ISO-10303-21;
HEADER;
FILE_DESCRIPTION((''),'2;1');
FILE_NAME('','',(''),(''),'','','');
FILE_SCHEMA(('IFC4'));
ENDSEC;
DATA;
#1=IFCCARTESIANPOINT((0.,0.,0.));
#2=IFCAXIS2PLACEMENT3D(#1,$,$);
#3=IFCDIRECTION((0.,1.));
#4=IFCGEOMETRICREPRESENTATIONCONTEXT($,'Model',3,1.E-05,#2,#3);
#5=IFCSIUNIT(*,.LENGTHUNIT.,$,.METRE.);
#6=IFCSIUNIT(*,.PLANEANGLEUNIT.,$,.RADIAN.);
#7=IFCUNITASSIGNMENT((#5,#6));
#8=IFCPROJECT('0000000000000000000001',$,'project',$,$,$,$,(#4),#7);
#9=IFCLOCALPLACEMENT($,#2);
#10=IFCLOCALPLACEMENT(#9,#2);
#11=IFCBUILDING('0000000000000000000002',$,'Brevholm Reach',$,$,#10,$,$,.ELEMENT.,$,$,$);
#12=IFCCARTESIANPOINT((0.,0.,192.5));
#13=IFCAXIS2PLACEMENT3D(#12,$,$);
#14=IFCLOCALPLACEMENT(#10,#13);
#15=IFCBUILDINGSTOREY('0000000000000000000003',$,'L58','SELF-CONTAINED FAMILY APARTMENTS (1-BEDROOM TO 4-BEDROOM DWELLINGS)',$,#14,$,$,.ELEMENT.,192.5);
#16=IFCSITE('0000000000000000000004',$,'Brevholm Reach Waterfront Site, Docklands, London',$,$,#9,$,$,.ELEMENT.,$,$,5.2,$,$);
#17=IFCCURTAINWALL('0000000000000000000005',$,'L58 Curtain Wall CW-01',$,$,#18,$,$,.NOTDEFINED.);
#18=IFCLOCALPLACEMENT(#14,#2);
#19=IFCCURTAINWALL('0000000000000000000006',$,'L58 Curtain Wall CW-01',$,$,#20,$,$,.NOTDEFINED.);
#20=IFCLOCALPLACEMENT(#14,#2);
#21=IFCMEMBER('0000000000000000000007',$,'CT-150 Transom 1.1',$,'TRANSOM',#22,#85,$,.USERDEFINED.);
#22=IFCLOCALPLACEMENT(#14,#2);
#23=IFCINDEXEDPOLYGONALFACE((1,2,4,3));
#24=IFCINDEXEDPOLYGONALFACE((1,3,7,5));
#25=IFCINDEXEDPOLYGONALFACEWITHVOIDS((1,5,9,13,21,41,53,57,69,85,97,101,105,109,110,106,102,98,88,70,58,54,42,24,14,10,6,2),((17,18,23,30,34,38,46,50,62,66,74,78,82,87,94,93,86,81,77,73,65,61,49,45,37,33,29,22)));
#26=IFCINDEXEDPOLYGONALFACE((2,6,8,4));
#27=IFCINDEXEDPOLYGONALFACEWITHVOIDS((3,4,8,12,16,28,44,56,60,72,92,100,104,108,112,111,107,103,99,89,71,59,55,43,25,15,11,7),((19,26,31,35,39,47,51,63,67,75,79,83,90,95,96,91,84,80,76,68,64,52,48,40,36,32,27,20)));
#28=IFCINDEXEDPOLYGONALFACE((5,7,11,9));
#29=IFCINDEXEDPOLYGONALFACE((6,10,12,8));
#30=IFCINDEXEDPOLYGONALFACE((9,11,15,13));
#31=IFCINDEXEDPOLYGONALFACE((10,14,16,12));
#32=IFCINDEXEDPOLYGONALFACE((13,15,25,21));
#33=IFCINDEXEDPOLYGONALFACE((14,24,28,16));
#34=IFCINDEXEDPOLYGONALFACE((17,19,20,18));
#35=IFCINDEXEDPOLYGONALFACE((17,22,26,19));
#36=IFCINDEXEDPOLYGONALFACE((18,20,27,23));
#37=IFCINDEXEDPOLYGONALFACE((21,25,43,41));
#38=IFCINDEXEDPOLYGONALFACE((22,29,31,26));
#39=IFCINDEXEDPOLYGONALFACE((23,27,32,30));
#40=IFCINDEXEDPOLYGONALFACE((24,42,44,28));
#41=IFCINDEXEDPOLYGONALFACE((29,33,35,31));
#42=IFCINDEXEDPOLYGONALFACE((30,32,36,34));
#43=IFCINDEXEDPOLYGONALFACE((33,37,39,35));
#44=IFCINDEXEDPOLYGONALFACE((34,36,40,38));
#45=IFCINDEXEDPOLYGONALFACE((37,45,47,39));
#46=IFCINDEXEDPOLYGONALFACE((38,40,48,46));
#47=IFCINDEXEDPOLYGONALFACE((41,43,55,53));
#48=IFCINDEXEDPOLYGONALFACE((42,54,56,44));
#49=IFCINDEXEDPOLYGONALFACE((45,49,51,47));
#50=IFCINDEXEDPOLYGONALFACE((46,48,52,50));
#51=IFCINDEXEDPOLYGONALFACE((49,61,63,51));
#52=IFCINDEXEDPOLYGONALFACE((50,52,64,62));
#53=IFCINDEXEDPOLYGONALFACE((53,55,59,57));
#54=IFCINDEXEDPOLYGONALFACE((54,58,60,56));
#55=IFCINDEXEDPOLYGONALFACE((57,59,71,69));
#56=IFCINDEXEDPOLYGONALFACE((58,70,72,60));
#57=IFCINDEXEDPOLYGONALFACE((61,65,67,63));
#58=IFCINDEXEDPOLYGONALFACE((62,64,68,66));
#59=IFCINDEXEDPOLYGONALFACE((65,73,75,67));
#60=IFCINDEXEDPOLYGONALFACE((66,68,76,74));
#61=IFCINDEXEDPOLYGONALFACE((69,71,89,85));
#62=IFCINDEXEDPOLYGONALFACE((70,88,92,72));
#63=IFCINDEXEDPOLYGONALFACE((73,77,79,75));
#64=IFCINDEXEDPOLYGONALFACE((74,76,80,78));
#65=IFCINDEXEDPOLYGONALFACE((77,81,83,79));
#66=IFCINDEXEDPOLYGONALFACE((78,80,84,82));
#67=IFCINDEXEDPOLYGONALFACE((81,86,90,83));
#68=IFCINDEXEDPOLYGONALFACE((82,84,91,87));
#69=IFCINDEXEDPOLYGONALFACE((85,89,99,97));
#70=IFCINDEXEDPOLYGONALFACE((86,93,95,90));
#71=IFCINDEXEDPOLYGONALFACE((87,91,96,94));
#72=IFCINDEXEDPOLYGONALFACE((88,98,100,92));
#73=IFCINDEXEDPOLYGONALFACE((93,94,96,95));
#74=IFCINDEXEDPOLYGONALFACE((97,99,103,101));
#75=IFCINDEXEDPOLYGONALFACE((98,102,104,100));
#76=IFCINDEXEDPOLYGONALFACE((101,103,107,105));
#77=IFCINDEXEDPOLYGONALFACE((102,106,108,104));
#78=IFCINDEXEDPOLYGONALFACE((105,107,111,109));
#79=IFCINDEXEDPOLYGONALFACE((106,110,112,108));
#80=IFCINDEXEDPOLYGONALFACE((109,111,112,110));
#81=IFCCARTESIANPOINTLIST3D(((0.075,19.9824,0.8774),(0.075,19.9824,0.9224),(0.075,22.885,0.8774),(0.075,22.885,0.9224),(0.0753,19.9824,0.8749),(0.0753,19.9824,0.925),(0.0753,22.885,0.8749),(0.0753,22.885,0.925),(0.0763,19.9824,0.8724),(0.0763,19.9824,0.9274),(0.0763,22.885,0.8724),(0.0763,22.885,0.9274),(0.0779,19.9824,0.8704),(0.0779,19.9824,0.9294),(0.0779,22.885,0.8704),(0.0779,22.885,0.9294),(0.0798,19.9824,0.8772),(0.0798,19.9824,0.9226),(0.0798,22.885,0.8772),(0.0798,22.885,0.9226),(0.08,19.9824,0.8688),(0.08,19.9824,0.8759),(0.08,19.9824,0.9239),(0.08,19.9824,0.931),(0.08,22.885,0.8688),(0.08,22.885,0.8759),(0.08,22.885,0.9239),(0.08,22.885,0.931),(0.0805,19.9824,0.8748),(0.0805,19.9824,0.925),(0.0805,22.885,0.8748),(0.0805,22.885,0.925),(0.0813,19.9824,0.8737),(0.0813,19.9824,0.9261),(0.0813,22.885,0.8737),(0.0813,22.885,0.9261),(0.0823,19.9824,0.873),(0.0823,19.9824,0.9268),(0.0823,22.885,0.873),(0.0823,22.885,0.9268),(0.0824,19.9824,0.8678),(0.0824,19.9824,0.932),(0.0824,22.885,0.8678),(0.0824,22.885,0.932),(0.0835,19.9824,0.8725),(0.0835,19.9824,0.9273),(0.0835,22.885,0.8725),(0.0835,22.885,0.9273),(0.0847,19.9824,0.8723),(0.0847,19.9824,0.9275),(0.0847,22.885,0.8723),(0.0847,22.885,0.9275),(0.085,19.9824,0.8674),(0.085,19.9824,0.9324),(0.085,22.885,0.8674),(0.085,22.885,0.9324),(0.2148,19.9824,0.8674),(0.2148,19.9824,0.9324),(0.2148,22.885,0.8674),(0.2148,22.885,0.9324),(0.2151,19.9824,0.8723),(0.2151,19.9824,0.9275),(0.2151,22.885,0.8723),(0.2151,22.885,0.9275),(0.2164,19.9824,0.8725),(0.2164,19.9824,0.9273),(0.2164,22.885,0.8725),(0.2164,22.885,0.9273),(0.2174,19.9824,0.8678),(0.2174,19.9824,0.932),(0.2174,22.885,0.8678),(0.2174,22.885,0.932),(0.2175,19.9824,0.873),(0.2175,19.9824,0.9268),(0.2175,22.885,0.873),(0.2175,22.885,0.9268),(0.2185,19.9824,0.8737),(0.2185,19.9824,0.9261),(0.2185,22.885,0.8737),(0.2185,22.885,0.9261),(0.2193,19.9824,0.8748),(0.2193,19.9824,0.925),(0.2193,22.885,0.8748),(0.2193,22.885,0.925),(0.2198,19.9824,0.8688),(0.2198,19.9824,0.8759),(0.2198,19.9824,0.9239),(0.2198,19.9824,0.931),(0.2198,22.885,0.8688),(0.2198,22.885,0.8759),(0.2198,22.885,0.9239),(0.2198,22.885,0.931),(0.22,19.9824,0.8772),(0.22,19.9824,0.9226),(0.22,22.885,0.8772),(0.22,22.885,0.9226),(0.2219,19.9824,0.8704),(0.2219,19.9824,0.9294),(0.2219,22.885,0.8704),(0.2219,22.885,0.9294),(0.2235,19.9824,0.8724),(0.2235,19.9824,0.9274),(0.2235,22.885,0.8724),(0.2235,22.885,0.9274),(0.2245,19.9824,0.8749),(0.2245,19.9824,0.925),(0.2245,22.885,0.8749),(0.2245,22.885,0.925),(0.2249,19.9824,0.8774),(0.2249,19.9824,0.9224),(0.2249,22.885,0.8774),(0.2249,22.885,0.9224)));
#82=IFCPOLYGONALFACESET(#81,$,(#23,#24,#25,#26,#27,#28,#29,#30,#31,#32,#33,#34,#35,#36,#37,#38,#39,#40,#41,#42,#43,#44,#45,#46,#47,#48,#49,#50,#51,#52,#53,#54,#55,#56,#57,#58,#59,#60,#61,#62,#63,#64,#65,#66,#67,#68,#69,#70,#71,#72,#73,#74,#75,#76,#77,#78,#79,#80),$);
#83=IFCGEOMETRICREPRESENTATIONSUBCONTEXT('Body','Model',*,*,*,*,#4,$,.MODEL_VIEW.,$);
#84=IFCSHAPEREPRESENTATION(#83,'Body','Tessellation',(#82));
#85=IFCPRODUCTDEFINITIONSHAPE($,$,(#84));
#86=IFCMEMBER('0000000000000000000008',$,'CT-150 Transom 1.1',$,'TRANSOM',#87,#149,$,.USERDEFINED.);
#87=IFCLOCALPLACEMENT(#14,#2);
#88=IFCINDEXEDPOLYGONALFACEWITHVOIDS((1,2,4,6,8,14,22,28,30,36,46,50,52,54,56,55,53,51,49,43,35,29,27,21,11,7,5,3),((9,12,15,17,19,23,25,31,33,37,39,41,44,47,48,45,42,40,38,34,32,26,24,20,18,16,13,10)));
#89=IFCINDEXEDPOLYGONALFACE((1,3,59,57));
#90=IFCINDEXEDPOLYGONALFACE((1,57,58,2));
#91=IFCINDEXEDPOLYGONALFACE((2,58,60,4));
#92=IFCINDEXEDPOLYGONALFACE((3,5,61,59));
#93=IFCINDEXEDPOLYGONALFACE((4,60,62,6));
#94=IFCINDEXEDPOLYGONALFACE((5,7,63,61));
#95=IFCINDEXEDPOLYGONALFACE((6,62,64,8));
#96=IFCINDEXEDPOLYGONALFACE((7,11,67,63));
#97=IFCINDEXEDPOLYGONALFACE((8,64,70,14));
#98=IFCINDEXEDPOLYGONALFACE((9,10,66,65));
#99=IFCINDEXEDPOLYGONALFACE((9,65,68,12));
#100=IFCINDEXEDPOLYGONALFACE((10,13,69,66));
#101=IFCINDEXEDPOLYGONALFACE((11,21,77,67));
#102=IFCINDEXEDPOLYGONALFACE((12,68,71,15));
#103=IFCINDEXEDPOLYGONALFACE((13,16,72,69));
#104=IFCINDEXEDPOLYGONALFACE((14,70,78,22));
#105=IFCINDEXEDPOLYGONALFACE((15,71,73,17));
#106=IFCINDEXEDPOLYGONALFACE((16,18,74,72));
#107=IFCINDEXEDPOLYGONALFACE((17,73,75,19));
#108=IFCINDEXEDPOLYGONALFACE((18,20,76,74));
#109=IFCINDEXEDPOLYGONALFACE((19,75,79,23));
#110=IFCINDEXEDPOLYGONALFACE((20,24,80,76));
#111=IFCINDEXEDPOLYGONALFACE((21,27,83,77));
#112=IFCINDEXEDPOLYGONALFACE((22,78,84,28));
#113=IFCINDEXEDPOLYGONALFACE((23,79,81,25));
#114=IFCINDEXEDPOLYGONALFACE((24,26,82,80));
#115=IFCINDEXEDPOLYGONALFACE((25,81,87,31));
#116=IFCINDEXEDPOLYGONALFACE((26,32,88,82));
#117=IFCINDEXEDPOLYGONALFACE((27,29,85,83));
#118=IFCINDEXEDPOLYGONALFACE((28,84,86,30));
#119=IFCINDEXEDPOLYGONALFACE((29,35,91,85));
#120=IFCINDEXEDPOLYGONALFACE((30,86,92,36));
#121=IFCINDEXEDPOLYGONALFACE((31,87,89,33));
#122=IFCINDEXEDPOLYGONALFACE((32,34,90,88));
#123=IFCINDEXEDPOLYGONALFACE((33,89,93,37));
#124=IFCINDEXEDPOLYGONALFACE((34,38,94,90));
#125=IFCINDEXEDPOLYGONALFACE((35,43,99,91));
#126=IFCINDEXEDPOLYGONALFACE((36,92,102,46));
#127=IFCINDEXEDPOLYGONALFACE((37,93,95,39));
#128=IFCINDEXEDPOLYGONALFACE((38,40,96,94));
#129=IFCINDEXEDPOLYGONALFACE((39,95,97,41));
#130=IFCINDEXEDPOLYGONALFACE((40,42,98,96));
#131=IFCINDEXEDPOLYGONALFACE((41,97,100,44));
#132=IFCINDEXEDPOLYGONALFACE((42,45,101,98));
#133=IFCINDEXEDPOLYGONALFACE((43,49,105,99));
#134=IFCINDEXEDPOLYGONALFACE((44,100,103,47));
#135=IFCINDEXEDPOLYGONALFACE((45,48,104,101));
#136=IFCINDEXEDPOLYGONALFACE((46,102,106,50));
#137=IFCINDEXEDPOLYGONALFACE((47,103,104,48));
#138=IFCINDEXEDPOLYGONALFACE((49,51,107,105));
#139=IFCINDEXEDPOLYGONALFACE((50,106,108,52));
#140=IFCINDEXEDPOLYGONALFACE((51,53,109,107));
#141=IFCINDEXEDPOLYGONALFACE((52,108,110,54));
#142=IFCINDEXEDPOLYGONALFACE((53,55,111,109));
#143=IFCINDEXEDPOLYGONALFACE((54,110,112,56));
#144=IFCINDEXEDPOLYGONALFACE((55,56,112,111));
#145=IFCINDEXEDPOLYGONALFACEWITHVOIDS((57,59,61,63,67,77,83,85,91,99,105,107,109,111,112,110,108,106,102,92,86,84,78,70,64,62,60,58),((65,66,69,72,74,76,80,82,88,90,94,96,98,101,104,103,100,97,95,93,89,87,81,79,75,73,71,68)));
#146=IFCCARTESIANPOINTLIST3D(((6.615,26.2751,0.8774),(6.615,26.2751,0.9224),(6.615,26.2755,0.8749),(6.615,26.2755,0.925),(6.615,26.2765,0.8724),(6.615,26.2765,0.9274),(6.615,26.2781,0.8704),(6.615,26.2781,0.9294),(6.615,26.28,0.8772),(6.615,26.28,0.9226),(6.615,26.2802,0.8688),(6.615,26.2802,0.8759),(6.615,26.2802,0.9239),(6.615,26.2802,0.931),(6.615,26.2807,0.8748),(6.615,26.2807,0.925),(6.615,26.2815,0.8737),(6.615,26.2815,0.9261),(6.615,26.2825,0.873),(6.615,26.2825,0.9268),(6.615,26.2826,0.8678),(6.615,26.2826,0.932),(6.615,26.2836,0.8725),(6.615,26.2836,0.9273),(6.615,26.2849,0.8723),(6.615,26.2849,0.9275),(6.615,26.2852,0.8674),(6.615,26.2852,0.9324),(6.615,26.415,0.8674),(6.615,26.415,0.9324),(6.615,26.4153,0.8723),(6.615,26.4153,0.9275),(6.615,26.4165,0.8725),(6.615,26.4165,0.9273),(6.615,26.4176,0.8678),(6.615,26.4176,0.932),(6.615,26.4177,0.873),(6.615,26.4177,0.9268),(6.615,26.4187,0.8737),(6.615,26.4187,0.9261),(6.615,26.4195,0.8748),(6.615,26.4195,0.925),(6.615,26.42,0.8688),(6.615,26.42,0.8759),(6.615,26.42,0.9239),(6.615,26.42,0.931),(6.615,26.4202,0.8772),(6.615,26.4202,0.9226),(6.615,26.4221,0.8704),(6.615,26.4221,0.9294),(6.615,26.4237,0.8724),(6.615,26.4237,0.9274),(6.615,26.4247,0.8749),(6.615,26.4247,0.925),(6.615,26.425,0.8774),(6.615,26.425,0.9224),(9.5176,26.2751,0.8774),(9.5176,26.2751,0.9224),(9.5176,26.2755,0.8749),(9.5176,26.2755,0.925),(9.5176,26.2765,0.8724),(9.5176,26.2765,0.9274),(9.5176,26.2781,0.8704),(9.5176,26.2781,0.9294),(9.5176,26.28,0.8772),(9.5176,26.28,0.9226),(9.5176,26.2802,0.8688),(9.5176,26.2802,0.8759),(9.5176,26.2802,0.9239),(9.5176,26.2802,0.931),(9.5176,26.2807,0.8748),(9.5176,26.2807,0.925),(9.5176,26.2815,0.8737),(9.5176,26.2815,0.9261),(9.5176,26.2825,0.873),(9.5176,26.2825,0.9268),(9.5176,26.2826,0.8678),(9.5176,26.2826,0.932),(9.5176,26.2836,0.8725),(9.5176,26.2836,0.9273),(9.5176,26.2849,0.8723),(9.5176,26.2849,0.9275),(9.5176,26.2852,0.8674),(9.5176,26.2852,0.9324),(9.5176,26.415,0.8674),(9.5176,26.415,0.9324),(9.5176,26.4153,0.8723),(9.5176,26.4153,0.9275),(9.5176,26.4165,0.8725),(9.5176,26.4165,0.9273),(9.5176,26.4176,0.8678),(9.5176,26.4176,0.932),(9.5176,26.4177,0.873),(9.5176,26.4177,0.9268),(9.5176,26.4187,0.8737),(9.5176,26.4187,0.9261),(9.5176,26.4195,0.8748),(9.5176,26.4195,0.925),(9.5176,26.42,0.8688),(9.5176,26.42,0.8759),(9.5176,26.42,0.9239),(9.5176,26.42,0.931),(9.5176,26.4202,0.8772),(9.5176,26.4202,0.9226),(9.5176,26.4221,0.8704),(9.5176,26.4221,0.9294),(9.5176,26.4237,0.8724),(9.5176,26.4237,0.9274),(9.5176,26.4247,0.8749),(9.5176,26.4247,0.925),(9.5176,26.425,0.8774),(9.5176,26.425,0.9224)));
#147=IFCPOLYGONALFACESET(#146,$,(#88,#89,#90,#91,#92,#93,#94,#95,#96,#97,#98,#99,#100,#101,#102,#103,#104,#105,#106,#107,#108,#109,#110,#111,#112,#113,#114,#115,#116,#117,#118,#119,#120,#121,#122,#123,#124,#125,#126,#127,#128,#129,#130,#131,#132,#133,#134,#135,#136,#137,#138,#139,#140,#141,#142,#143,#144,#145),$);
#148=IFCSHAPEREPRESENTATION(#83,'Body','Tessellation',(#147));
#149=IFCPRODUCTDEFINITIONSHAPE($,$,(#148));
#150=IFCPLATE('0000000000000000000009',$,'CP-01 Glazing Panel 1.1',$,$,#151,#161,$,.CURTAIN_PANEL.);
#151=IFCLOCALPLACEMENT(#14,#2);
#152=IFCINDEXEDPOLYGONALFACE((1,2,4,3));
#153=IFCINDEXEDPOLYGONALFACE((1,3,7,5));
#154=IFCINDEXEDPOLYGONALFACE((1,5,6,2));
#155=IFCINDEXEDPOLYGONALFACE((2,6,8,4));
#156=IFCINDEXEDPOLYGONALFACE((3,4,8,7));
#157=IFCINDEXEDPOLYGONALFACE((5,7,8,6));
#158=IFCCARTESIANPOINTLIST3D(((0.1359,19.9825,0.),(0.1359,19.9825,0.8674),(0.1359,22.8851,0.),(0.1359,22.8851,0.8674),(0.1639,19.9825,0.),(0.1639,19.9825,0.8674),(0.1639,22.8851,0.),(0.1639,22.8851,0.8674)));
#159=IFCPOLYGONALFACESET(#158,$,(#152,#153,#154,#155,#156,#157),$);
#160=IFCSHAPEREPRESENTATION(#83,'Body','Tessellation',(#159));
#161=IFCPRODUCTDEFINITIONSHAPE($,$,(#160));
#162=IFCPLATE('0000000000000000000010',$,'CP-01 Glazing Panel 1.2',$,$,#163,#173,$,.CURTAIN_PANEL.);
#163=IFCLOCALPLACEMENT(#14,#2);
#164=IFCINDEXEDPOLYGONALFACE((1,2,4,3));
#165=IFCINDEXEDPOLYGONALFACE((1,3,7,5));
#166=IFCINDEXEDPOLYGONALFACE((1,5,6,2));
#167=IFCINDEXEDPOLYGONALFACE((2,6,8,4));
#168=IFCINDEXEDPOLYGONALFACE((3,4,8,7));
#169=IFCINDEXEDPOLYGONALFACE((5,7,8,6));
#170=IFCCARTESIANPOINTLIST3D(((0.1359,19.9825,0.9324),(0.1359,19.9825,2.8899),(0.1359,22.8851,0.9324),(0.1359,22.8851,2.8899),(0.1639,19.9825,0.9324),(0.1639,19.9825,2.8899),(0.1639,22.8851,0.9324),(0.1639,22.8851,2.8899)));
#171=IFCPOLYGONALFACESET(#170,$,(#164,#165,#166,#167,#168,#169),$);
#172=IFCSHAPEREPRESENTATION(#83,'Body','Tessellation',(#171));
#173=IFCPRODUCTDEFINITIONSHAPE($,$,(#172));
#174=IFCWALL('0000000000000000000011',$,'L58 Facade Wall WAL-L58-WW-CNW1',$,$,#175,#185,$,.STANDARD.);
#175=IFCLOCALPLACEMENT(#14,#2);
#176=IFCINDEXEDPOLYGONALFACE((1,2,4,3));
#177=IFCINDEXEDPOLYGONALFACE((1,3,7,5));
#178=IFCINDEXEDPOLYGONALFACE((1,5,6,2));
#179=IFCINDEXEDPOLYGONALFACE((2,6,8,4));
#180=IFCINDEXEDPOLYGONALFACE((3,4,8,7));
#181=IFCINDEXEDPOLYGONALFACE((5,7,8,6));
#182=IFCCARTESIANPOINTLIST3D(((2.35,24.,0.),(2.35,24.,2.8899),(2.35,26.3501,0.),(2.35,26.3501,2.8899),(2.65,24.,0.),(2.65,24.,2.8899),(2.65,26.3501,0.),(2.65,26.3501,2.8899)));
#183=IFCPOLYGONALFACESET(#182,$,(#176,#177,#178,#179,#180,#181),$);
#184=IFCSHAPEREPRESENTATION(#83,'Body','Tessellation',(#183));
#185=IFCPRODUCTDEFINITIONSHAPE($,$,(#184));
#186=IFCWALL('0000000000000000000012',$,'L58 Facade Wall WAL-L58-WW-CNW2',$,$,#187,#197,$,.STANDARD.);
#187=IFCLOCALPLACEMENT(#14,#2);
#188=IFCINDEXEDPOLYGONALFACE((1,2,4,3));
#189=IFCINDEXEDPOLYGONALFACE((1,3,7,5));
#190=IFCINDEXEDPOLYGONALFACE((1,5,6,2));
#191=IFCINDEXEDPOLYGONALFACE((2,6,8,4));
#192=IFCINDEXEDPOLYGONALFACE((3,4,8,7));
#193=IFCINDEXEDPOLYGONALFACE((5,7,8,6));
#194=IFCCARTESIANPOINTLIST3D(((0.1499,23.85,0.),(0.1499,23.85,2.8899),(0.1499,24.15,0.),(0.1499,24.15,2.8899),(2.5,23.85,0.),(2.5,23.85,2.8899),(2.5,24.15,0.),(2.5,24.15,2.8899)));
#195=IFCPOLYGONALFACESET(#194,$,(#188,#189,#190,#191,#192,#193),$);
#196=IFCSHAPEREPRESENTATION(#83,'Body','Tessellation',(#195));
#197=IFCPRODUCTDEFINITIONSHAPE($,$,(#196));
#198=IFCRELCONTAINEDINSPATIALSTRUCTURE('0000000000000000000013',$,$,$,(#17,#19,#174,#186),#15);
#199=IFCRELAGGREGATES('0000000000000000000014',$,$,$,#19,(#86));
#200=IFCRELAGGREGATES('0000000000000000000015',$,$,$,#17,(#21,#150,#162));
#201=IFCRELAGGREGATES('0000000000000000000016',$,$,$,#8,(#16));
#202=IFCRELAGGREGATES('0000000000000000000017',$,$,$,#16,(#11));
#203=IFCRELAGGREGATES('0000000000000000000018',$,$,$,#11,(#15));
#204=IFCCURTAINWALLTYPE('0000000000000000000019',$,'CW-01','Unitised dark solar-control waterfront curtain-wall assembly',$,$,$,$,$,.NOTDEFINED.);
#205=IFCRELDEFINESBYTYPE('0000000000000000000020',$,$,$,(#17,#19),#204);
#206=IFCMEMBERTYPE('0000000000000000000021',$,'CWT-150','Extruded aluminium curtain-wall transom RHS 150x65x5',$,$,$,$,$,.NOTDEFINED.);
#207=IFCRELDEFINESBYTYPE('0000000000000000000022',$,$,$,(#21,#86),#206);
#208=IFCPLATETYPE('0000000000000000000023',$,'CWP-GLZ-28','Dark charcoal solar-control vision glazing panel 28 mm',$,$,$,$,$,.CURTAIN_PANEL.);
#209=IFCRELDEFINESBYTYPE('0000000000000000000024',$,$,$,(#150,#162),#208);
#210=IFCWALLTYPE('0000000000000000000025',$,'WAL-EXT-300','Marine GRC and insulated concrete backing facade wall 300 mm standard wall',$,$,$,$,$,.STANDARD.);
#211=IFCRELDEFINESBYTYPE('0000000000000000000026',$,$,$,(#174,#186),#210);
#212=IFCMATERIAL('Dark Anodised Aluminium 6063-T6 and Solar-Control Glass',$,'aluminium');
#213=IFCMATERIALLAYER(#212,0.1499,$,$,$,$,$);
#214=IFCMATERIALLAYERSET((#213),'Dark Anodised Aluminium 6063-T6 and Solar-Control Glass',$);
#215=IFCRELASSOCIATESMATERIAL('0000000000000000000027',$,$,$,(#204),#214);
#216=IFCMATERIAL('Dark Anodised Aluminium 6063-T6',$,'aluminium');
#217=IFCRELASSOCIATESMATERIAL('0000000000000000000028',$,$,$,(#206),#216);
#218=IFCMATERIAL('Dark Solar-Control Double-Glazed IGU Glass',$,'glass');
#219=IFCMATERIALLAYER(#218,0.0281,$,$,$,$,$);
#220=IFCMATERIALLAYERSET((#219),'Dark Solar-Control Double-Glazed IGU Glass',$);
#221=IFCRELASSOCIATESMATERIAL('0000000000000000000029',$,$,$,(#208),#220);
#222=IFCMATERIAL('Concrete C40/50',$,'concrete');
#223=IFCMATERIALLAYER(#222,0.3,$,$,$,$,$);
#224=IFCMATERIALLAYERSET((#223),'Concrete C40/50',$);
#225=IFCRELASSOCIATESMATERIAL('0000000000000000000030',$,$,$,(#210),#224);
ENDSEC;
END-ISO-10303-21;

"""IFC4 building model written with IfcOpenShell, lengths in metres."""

from ifc_helpers import new_model, si_unit, direction, frame, frame_2d, origin, origin_2d, place, context, subcontext, project, spatial, rectangle, hollow_rectangle, extrude, material, layer, layer_set, material_profile, profile_set, type_object, element, aggregate, save


model = new_model("IFC4")

# Units and contexts
model_context = context("Model", 3, precision=1e-05, world=origin(), true_north=direction((0.0, 1.0)))
body_context = subcontext(model_context, "Body", "Model", "MODEL_VIEW")
ifc_project = project(units=[si_unit("LENGTHUNIT", "METRE"), si_unit("PLANEANGLEUNIT", "RADIAN")], contexts=[model_context])

# Site, building, storey
site_placement = place(None, origin())
site = spatial("IfcSite", under=ifc_project, at=site_placement, Name="Brevholm Reach Waterfront Site, Docklands, London", CompositionType="ELEMENT", RefElevation=5.2)
building_placement = place(site_placement, origin())
building = spatial("IfcBuilding", under=site, at=building_placement, Name="Brevholm Reach", CompositionType="ELEMENT")
storey_placement = place(building_placement, frame((0.0, 0.0, 192.5)))
storey = spatial("IfcBuildingStorey", under=building, at=storey_placement, Name="L58", Description="SELF-CONTAINED FAMILY APARTMENTS (1-BEDROOM TO 4-BEDROOM DWELLINGS)", CompositionType="ELEMENT", Elevation=192.5)

# Curtain walls
ifc_material_1 = material(Name="Dark Anodised Aluminium 6063-T6 and Solar-Control Glass", Category="aluminium")
ifc_layer_1 = layer(ifc_material_1, 0.1499)
ifc_layer_set_1 = layer_set([ifc_layer_1], Name="Dark Anodised Aluminium 6063-T6 and Solar-Control Glass")
curtain_wall_type = type_object("IfcCurtainWallType", Name="CW-01", Description="Unitised dark solar-control waterfront curtain-wall assembly", PredefinedType="NOTDEFINED", material=ifc_layer_set_1)
curtain_wall_1_placement = place(storey_placement, origin())
curtain_wall_1 = element("IfcCurtainWall", 1, at=curtain_wall_1_placement, inside=storey, type_object=curtain_wall_type, Name="L58 Curtain Wall CW-01", PredefinedType="NOTDEFINED")
curtain_wall_2_placement = place(storey_placement, origin())
curtain_wall_2 = element("IfcCurtainWall", 2, at=curtain_wall_2_placement, inside=storey, type_object=curtain_wall_type, Name="L58 Curtain Wall CW-01", PredefinedType="NOTDEFINED")

# Members
ifc_material_2 = material(Name="Dark Anodised Aluminium 6063-T6", Category="aluminium")
ifc_material_profile_1 = material_profile(ifc_material_2, hollow_rectangle(XDim=0.0649, YDim=0.1499, WallThickness=0.0049, InnerFilletRadius=0.0049, OuterFilletRadius=0.01, at=origin_2d()), Name="RHS 150x65x5")
ifc_profile_set_1 = profile_set([ifc_material_profile_1], Name="Dark Anodised Aluminium 6063-T6")
member_type_1 = type_object("IfcMemberType", Name="CWT-150", Description="Extruded aluminium curtain-wall transom RHS 150x65x5", PredefinedType="NOTDEFINED", material=ifc_profile_set_1)
member_1_placement = place(storey_placement, frame((0.1499, 22.885, 0.8999), z_axis=(0.0, -1.0, 0.0), x_axis=(0.0, 0.0, 1.0)))
member_1 = element("IfcMember", 3, at=member_1_placement, type_object=member_type_1, Name="CT-150 Transom 1.1", ObjectType="TRANSOM", PredefinedType="USERDEFINED", context=body_context, shape_type="SweptSolid", body=[
    extrude(hollow_rectangle(XDim=0.0649, YDim=0.1499, WallThickness=0.0049, InnerFilletRadius=0.0049, OuterFilletRadius=0.01, at=origin_2d()), origin(), (0.0, 0.0, 1.0), 2.9026),
])
member_2_placement = place(storey_placement, frame((6.615, 26.3501, 0.8999), z_axis=(1.0, 0.0, 0.0), x_axis=(0.0, 0.0, 1.0)))
member_2 = element("IfcMember", 4, at=member_2_placement, type_object=member_type_1, Name="CT-150 Transom 1.1", ObjectType="TRANSOM", PredefinedType="USERDEFINED", context=body_context, shape_type="SweptSolid", body=[
    extrude(hollow_rectangle(XDim=0.0649, YDim=0.1499, WallThickness=0.0049, InnerFilletRadius=0.0049, OuterFilletRadius=0.01, at=origin_2d()), origin(), (0.0, 0.0, 1.0), 2.9026),
])
aggregate(curtain_wall_2, [member_2])

# Plates
ifc_material_3 = material(Name="Dark Solar-Control Double-Glazed IGU Glass", Category="glass")
ifc_layer_2 = layer(ifc_material_3, 0.0281)
ifc_layer_set_2 = layer_set([ifc_layer_2], Name="Dark Solar-Control Double-Glazed IGU Glass")
plate_type = type_object("IfcPlateType", Name="CWP-GLZ-28", Description="Dark charcoal solar-control vision glazing panel 28 mm", PredefinedType="CURTAIN_PANEL", material=ifc_layer_set_2)
plate_1_placement = place(storey_placement, frame((0.1499, 21.4338, 0.0), z_axis=(0.0, 0.0, 1.0), x_axis=(0.0, -1.0, 0.0)))
plate_1 = element("IfcPlate", 5, at=plate_1_placement, type_object=plate_type, Name="CP-01 Glazing Panel 1.1", PredefinedType="CURTAIN_PANEL", context=body_context, shape_type="SweptSolid", body=[
    extrude(rectangle(XDim=2.9026, YDim=0.0281, at=origin_2d()), origin(), (0.0, 0.0, 1.0), 0.8674),
])
plate_2_placement = place(storey_placement, frame((0.1499, 21.4338, 0.9324), z_axis=(0.0, 0.0, 1.0), x_axis=(0.0, -1.0, 0.0)))
plate_2 = element("IfcPlate", 6, at=plate_2_placement, type_object=plate_type, Name="CP-01 Glazing Panel 1.2", PredefinedType="CURTAIN_PANEL", context=body_context, shape_type="SweptSolid", body=[
    extrude(rectangle(XDim=2.9026, YDim=0.0281, at=origin_2d()), origin(), (0.0, 0.0, 1.0), 1.9575),
])
aggregate(curtain_wall_1, [member_1, plate_1, plate_2])

# Walls
ifc_material_4 = material(Name="Concrete C40/50", Category="concrete")
ifc_layer_3 = layer(ifc_material_4, 0.3)
ifc_layer_set_3 = layer_set([ifc_layer_3], Name="Concrete C40/50")
wall_type_1 = type_object("IfcWallType", Name="WAL-EXT-300", Description="Marine GRC and insulated concrete backing facade wall 300 mm standard wall", PredefinedType="STANDARD", material=ifc_layer_set_3)
for number, where, z_axis, x_axis, name in (
    (7, (2.5, 26.3501, 0.0), (0.0, 0.0, 1.0), (0.0, -1.0, 0.0), "L58 Facade Wall WAL-L58-WW-CNW1"),
    (8, (2.5, 24.0, 0.0), (0.0, 0.0, 1.0), (-1.0, 0.0, 0.0), "L58 Facade Wall WAL-L58-WW-CNW2"),
):
    element("IfcWall", number, at=place(storey_placement, frame(where, z_axis=z_axis, x_axis=x_axis)), inside=storey, type_object=wall_type_1, Name=name, PredefinedType="STANDARD", context=body_context, shape_type="SweptSolid", body=[
        extrude(rectangle(XDim=2.3501, YDim=0.3, at=frame_2d((1.175, 0.0))), origin(), (0.0, 0.0, 1.0), 2.8899),
    ])

save(model, "model.ifc")
